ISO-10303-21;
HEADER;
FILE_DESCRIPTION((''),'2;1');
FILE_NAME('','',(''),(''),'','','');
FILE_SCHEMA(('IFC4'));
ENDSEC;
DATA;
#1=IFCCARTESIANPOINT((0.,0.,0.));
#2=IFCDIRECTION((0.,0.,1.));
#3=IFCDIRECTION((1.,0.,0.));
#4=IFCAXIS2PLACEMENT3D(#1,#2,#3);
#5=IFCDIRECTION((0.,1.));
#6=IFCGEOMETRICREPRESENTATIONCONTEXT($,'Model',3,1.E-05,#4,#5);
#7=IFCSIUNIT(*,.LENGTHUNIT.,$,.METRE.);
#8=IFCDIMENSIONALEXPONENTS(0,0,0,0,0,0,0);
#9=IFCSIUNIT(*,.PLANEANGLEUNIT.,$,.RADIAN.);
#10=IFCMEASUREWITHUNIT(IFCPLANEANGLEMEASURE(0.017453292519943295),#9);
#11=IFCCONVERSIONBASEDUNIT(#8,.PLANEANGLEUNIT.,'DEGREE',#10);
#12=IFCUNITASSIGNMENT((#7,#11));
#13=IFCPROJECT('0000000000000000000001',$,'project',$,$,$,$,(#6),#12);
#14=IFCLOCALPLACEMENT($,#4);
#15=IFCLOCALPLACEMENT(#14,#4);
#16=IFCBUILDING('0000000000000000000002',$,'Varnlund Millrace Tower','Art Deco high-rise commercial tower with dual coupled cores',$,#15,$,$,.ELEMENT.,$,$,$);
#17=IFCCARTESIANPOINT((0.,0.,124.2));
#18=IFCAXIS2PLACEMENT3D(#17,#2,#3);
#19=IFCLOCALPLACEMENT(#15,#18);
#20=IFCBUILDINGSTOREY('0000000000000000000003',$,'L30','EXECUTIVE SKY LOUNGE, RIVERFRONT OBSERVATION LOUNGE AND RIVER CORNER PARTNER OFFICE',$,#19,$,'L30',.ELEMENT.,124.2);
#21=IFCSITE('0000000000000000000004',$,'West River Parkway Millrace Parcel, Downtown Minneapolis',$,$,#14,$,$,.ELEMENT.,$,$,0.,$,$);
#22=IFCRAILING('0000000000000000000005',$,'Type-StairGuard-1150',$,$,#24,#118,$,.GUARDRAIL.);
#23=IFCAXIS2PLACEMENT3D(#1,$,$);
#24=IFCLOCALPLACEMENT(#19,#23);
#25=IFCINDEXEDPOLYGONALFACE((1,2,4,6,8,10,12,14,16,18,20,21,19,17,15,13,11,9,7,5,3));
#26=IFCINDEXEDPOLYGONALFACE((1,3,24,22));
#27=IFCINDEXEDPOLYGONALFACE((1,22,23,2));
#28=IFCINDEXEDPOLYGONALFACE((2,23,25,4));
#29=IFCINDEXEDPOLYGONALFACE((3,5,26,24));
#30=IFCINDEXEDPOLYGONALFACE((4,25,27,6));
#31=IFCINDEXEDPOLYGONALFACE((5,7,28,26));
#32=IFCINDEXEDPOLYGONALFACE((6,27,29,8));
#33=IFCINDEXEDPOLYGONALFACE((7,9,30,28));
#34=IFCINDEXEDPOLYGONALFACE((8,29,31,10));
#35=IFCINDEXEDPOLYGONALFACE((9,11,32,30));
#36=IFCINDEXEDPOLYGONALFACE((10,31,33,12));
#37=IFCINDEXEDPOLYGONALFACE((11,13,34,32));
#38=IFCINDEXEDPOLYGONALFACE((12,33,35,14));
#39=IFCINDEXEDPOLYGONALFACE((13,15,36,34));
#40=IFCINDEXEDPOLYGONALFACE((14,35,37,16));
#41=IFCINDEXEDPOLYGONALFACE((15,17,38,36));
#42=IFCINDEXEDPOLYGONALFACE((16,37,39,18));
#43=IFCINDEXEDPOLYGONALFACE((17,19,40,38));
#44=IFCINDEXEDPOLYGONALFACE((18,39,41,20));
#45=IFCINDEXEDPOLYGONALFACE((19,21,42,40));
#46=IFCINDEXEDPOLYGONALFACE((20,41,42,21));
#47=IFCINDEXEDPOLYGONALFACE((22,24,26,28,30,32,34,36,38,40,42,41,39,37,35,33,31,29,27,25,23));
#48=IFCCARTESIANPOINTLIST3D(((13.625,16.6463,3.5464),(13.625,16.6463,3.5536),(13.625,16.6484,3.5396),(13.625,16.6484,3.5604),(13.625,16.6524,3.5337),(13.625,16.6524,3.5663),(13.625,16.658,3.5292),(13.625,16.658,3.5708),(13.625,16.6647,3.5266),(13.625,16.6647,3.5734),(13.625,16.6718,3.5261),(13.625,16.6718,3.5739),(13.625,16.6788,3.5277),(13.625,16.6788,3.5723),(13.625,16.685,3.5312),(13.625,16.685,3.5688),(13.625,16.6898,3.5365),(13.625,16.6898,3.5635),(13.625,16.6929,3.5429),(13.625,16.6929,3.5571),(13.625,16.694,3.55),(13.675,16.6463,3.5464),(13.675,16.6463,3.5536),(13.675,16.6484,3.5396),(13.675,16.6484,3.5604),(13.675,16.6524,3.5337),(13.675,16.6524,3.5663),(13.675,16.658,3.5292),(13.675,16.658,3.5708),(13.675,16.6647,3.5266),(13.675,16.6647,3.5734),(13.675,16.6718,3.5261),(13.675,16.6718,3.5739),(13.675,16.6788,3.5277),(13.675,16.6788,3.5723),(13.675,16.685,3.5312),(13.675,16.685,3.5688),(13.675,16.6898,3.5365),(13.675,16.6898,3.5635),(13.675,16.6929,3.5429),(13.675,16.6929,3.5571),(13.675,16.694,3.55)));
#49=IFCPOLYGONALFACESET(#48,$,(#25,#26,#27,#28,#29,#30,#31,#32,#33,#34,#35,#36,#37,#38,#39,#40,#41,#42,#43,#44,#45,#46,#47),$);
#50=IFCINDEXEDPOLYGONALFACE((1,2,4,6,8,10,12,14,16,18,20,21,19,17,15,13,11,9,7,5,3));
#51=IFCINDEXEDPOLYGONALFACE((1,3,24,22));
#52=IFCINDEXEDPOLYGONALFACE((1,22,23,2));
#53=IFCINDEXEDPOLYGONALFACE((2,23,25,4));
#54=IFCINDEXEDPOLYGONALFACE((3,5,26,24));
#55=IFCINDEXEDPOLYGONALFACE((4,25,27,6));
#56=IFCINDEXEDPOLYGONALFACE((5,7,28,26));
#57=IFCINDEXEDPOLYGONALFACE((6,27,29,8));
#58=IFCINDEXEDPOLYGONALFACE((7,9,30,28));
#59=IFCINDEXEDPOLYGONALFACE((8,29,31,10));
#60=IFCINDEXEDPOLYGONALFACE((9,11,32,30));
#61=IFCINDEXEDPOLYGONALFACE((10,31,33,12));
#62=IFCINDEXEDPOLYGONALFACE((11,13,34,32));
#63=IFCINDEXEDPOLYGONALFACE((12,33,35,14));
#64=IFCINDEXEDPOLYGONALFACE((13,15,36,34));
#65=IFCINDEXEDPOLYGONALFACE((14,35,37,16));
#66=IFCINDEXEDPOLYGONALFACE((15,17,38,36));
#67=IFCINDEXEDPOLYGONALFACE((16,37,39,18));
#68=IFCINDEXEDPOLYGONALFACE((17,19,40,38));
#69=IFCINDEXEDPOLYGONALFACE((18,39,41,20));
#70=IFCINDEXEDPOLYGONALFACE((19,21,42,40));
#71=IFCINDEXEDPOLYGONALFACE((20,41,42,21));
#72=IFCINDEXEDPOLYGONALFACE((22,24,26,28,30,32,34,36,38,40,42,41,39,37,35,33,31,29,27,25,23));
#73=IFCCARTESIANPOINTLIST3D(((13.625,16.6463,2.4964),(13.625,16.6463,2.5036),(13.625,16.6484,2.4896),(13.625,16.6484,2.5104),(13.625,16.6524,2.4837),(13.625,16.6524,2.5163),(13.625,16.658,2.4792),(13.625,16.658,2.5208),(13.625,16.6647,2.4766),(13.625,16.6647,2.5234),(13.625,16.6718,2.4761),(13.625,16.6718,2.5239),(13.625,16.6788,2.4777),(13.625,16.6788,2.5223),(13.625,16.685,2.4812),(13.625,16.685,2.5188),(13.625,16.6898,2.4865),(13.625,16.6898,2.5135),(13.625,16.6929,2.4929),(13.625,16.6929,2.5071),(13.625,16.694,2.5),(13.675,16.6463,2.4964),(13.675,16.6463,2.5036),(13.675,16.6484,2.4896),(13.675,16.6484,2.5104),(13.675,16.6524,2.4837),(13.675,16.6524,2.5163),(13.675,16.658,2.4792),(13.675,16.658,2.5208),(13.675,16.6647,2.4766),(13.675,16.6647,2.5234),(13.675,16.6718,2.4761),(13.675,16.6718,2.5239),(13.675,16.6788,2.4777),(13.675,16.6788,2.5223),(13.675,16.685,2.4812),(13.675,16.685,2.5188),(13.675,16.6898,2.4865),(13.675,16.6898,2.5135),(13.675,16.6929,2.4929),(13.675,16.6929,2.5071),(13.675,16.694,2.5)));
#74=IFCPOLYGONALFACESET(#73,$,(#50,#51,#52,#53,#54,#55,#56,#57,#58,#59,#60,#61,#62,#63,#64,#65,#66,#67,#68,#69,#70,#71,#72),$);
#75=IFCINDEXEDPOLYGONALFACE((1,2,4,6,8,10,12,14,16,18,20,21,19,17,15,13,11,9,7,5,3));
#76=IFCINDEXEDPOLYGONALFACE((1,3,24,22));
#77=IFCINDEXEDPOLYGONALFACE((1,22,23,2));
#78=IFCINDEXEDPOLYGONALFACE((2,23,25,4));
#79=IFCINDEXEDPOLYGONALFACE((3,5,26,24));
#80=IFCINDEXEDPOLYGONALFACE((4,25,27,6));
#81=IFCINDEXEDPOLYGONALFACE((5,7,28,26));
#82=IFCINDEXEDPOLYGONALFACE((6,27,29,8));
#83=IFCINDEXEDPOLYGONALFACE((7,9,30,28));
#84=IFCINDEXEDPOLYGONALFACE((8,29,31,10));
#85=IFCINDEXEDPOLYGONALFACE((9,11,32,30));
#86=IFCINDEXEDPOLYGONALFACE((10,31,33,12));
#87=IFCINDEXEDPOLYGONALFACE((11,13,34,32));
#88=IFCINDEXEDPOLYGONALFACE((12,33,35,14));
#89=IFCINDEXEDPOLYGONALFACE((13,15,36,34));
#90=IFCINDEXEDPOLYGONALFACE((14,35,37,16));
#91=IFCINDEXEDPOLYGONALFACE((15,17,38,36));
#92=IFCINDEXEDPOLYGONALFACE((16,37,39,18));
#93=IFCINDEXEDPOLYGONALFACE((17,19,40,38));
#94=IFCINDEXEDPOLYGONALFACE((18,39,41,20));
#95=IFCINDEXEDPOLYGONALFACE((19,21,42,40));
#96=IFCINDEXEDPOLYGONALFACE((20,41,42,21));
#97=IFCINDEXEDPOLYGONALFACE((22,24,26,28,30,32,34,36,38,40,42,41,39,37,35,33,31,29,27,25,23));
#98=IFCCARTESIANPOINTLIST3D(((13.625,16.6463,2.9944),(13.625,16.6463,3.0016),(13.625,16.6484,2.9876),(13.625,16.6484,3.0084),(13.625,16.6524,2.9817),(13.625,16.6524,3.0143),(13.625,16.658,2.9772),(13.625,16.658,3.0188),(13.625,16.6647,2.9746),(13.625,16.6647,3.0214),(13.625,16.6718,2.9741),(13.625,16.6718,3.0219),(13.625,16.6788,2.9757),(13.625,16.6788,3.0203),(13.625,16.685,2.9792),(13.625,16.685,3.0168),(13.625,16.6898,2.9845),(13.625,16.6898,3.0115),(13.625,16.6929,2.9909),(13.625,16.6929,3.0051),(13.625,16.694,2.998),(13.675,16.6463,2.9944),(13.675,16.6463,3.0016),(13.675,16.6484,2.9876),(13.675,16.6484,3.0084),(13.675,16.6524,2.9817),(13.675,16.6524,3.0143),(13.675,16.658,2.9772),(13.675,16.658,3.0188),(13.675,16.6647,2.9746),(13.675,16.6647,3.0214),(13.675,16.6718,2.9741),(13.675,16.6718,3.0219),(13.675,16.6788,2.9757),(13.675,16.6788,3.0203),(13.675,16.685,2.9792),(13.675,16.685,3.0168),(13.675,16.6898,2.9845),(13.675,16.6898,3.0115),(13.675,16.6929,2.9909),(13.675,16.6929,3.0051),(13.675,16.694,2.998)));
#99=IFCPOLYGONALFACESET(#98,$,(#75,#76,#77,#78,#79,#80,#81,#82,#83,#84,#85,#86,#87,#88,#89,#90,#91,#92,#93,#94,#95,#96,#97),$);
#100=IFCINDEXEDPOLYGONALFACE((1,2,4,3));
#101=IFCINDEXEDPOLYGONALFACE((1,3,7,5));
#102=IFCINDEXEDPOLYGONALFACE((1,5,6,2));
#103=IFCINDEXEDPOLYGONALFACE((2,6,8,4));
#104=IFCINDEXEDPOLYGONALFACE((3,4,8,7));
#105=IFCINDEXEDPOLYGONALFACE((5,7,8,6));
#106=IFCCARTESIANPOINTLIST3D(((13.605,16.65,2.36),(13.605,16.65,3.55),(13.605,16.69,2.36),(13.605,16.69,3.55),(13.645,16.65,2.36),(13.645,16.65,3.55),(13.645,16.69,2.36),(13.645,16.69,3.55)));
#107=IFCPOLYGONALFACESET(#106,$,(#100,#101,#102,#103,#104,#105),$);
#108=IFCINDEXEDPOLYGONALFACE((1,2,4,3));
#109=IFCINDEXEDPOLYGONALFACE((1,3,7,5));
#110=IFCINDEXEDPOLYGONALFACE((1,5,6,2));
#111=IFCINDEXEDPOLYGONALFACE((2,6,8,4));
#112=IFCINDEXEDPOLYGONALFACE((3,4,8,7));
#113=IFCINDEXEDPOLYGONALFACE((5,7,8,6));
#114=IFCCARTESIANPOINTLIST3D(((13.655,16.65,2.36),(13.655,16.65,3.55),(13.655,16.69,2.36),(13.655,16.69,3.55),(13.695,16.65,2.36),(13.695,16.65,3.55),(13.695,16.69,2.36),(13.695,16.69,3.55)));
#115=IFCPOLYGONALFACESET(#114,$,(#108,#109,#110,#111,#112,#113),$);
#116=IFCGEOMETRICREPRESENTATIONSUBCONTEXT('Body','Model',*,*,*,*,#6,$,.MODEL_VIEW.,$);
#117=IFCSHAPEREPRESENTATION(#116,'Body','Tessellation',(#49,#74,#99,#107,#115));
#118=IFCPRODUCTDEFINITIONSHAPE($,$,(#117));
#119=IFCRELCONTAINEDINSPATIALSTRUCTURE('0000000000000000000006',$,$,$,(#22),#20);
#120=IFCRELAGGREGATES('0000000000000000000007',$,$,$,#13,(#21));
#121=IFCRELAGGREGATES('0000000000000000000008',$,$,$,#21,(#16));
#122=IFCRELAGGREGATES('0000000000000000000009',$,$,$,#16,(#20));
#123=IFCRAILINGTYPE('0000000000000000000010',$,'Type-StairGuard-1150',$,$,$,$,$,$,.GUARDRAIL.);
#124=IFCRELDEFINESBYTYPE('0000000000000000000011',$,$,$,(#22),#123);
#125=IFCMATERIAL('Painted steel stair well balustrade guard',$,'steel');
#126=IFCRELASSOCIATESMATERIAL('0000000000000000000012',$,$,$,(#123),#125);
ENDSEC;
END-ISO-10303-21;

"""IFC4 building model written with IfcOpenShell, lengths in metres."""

from ifc_helpers import new_model, entity, si_unit, converted_unit, direction, frame, origin_with_axes, origin_2d_with_axis, place, context, subcontext, project, spatial, rectangle, circle, extrude, material, type_object, element, save


model = new_model("IFC4")

# Units and contexts
model_context = context("Model", 3, precision=1e-05, world=origin_with_axes(), true_north=direction((0.0, 1.0)))
body_context = subcontext(model_context, "Body", "Model", "MODEL_VIEW")
ifc_project = project(units=[si_unit("LENGTHUNIT", "METRE"), converted_unit("PLANEANGLEUNIT", "DEGREE", entity("IfcPlaneAngleMeasure", 0.017453292519943295), si_unit("PLANEANGLEUNIT", "RADIAN"), dimensions=[0, 0, 0, 0, 0, 0, 0])], contexts=[model_context])

# Site, building, storey
site_placement = place(None, origin_with_axes())
site = spatial("IfcSite", under=ifc_project, at=site_placement, Name="West River Parkway Millrace Parcel, Downtown Minneapolis", CompositionType="ELEMENT", RefElevation=0.0)
building_placement = place(site_placement, origin_with_axes())
building = spatial("IfcBuilding", under=site, at=building_placement, Name="Varnlund Millrace Tower", Description="Art Deco high-rise commercial tower with dual coupled cores", CompositionType="ELEMENT")
storey_placement = place(building_placement, frame((0.0, 0.0, 124.2), z_axis=(0.0, 0.0, 1.0), x_axis=(1.0, 0.0, 0.0)))
storey = spatial("IfcBuildingStorey", under=building, at=storey_placement, Name="L30", Description="EXECUTIVE SKY LOUNGE, RIVERFRONT OBSERVATION LOUNGE AND RIVER CORNER PARTNER OFFICE", LongName="L30", CompositionType="ELEMENT", Elevation=124.2)

# Railing
ifc_material_1 = material(Name="Painted steel stair well balustrade guard", Category="steel")
railing_type_1 = type_object("IfcRailingType", Name="Type-StairGuard-1150", PredefinedType="GUARDRAIL", material=ifc_material_1)
railing_1_placement = place(storey_placement, frame((0.0, 0.0, -124.2), z_axis=(0.0, 0.0, 1.0), x_axis=(1.0, 0.0, 0.0)))
element("IfcRailing", 1, at=railing_1_placement, inside=storey, type_object=railing_type_1, Name="Type-StairGuard-1150", PredefinedType="GUARDRAIL", context=body_context, shape_type="SweptSolid", body=[
    extrude(circle(Radius=0.024, at=origin_2d_with_axis()), frame((13.625, 16.67, 127.75), z_axis=(1.0, 0.0, 0.0), x_axis=(0.0, 1.0, 0.0)), (0.0, 0.0, 1.0), 0.05),
    extrude(circle(Radius=0.024, at=origin_2d_with_axis()), frame((13.625, 16.67, 126.7), z_axis=(1.0, 0.0, 0.0), x_axis=(0.0, 1.0, 0.0)), (0.0, 0.0, 1.0), 0.05),
    extrude(circle(Radius=0.024, at=origin_2d_with_axis()), frame((13.625, 16.67, 127.198), z_axis=(1.0, 0.0, 0.0), x_axis=(0.0, 1.0, 0.0)), (0.0, 0.0, 1.0), 0.05),
    extrude(rectangle(XDim=0.04, YDim=0.04, at=origin_2d_with_axis()), frame((13.625, 16.67, 126.56), z_axis=(0.0, 0.0, 1.0), x_axis=(1.0, 0.0, 0.0)), (0.0, 0.0, 1.0), 1.19),
    extrude(rectangle(XDim=0.04, YDim=0.04, at=origin_2d_with_axis()), frame((13.675, 16.67, 126.56), z_axis=(0.0, 0.0, 1.0), x_axis=(1.0, 0.0, 0.0)), (0.0, 0.0, 1.0), 1.19),
])

save(model, "model.ifc")
